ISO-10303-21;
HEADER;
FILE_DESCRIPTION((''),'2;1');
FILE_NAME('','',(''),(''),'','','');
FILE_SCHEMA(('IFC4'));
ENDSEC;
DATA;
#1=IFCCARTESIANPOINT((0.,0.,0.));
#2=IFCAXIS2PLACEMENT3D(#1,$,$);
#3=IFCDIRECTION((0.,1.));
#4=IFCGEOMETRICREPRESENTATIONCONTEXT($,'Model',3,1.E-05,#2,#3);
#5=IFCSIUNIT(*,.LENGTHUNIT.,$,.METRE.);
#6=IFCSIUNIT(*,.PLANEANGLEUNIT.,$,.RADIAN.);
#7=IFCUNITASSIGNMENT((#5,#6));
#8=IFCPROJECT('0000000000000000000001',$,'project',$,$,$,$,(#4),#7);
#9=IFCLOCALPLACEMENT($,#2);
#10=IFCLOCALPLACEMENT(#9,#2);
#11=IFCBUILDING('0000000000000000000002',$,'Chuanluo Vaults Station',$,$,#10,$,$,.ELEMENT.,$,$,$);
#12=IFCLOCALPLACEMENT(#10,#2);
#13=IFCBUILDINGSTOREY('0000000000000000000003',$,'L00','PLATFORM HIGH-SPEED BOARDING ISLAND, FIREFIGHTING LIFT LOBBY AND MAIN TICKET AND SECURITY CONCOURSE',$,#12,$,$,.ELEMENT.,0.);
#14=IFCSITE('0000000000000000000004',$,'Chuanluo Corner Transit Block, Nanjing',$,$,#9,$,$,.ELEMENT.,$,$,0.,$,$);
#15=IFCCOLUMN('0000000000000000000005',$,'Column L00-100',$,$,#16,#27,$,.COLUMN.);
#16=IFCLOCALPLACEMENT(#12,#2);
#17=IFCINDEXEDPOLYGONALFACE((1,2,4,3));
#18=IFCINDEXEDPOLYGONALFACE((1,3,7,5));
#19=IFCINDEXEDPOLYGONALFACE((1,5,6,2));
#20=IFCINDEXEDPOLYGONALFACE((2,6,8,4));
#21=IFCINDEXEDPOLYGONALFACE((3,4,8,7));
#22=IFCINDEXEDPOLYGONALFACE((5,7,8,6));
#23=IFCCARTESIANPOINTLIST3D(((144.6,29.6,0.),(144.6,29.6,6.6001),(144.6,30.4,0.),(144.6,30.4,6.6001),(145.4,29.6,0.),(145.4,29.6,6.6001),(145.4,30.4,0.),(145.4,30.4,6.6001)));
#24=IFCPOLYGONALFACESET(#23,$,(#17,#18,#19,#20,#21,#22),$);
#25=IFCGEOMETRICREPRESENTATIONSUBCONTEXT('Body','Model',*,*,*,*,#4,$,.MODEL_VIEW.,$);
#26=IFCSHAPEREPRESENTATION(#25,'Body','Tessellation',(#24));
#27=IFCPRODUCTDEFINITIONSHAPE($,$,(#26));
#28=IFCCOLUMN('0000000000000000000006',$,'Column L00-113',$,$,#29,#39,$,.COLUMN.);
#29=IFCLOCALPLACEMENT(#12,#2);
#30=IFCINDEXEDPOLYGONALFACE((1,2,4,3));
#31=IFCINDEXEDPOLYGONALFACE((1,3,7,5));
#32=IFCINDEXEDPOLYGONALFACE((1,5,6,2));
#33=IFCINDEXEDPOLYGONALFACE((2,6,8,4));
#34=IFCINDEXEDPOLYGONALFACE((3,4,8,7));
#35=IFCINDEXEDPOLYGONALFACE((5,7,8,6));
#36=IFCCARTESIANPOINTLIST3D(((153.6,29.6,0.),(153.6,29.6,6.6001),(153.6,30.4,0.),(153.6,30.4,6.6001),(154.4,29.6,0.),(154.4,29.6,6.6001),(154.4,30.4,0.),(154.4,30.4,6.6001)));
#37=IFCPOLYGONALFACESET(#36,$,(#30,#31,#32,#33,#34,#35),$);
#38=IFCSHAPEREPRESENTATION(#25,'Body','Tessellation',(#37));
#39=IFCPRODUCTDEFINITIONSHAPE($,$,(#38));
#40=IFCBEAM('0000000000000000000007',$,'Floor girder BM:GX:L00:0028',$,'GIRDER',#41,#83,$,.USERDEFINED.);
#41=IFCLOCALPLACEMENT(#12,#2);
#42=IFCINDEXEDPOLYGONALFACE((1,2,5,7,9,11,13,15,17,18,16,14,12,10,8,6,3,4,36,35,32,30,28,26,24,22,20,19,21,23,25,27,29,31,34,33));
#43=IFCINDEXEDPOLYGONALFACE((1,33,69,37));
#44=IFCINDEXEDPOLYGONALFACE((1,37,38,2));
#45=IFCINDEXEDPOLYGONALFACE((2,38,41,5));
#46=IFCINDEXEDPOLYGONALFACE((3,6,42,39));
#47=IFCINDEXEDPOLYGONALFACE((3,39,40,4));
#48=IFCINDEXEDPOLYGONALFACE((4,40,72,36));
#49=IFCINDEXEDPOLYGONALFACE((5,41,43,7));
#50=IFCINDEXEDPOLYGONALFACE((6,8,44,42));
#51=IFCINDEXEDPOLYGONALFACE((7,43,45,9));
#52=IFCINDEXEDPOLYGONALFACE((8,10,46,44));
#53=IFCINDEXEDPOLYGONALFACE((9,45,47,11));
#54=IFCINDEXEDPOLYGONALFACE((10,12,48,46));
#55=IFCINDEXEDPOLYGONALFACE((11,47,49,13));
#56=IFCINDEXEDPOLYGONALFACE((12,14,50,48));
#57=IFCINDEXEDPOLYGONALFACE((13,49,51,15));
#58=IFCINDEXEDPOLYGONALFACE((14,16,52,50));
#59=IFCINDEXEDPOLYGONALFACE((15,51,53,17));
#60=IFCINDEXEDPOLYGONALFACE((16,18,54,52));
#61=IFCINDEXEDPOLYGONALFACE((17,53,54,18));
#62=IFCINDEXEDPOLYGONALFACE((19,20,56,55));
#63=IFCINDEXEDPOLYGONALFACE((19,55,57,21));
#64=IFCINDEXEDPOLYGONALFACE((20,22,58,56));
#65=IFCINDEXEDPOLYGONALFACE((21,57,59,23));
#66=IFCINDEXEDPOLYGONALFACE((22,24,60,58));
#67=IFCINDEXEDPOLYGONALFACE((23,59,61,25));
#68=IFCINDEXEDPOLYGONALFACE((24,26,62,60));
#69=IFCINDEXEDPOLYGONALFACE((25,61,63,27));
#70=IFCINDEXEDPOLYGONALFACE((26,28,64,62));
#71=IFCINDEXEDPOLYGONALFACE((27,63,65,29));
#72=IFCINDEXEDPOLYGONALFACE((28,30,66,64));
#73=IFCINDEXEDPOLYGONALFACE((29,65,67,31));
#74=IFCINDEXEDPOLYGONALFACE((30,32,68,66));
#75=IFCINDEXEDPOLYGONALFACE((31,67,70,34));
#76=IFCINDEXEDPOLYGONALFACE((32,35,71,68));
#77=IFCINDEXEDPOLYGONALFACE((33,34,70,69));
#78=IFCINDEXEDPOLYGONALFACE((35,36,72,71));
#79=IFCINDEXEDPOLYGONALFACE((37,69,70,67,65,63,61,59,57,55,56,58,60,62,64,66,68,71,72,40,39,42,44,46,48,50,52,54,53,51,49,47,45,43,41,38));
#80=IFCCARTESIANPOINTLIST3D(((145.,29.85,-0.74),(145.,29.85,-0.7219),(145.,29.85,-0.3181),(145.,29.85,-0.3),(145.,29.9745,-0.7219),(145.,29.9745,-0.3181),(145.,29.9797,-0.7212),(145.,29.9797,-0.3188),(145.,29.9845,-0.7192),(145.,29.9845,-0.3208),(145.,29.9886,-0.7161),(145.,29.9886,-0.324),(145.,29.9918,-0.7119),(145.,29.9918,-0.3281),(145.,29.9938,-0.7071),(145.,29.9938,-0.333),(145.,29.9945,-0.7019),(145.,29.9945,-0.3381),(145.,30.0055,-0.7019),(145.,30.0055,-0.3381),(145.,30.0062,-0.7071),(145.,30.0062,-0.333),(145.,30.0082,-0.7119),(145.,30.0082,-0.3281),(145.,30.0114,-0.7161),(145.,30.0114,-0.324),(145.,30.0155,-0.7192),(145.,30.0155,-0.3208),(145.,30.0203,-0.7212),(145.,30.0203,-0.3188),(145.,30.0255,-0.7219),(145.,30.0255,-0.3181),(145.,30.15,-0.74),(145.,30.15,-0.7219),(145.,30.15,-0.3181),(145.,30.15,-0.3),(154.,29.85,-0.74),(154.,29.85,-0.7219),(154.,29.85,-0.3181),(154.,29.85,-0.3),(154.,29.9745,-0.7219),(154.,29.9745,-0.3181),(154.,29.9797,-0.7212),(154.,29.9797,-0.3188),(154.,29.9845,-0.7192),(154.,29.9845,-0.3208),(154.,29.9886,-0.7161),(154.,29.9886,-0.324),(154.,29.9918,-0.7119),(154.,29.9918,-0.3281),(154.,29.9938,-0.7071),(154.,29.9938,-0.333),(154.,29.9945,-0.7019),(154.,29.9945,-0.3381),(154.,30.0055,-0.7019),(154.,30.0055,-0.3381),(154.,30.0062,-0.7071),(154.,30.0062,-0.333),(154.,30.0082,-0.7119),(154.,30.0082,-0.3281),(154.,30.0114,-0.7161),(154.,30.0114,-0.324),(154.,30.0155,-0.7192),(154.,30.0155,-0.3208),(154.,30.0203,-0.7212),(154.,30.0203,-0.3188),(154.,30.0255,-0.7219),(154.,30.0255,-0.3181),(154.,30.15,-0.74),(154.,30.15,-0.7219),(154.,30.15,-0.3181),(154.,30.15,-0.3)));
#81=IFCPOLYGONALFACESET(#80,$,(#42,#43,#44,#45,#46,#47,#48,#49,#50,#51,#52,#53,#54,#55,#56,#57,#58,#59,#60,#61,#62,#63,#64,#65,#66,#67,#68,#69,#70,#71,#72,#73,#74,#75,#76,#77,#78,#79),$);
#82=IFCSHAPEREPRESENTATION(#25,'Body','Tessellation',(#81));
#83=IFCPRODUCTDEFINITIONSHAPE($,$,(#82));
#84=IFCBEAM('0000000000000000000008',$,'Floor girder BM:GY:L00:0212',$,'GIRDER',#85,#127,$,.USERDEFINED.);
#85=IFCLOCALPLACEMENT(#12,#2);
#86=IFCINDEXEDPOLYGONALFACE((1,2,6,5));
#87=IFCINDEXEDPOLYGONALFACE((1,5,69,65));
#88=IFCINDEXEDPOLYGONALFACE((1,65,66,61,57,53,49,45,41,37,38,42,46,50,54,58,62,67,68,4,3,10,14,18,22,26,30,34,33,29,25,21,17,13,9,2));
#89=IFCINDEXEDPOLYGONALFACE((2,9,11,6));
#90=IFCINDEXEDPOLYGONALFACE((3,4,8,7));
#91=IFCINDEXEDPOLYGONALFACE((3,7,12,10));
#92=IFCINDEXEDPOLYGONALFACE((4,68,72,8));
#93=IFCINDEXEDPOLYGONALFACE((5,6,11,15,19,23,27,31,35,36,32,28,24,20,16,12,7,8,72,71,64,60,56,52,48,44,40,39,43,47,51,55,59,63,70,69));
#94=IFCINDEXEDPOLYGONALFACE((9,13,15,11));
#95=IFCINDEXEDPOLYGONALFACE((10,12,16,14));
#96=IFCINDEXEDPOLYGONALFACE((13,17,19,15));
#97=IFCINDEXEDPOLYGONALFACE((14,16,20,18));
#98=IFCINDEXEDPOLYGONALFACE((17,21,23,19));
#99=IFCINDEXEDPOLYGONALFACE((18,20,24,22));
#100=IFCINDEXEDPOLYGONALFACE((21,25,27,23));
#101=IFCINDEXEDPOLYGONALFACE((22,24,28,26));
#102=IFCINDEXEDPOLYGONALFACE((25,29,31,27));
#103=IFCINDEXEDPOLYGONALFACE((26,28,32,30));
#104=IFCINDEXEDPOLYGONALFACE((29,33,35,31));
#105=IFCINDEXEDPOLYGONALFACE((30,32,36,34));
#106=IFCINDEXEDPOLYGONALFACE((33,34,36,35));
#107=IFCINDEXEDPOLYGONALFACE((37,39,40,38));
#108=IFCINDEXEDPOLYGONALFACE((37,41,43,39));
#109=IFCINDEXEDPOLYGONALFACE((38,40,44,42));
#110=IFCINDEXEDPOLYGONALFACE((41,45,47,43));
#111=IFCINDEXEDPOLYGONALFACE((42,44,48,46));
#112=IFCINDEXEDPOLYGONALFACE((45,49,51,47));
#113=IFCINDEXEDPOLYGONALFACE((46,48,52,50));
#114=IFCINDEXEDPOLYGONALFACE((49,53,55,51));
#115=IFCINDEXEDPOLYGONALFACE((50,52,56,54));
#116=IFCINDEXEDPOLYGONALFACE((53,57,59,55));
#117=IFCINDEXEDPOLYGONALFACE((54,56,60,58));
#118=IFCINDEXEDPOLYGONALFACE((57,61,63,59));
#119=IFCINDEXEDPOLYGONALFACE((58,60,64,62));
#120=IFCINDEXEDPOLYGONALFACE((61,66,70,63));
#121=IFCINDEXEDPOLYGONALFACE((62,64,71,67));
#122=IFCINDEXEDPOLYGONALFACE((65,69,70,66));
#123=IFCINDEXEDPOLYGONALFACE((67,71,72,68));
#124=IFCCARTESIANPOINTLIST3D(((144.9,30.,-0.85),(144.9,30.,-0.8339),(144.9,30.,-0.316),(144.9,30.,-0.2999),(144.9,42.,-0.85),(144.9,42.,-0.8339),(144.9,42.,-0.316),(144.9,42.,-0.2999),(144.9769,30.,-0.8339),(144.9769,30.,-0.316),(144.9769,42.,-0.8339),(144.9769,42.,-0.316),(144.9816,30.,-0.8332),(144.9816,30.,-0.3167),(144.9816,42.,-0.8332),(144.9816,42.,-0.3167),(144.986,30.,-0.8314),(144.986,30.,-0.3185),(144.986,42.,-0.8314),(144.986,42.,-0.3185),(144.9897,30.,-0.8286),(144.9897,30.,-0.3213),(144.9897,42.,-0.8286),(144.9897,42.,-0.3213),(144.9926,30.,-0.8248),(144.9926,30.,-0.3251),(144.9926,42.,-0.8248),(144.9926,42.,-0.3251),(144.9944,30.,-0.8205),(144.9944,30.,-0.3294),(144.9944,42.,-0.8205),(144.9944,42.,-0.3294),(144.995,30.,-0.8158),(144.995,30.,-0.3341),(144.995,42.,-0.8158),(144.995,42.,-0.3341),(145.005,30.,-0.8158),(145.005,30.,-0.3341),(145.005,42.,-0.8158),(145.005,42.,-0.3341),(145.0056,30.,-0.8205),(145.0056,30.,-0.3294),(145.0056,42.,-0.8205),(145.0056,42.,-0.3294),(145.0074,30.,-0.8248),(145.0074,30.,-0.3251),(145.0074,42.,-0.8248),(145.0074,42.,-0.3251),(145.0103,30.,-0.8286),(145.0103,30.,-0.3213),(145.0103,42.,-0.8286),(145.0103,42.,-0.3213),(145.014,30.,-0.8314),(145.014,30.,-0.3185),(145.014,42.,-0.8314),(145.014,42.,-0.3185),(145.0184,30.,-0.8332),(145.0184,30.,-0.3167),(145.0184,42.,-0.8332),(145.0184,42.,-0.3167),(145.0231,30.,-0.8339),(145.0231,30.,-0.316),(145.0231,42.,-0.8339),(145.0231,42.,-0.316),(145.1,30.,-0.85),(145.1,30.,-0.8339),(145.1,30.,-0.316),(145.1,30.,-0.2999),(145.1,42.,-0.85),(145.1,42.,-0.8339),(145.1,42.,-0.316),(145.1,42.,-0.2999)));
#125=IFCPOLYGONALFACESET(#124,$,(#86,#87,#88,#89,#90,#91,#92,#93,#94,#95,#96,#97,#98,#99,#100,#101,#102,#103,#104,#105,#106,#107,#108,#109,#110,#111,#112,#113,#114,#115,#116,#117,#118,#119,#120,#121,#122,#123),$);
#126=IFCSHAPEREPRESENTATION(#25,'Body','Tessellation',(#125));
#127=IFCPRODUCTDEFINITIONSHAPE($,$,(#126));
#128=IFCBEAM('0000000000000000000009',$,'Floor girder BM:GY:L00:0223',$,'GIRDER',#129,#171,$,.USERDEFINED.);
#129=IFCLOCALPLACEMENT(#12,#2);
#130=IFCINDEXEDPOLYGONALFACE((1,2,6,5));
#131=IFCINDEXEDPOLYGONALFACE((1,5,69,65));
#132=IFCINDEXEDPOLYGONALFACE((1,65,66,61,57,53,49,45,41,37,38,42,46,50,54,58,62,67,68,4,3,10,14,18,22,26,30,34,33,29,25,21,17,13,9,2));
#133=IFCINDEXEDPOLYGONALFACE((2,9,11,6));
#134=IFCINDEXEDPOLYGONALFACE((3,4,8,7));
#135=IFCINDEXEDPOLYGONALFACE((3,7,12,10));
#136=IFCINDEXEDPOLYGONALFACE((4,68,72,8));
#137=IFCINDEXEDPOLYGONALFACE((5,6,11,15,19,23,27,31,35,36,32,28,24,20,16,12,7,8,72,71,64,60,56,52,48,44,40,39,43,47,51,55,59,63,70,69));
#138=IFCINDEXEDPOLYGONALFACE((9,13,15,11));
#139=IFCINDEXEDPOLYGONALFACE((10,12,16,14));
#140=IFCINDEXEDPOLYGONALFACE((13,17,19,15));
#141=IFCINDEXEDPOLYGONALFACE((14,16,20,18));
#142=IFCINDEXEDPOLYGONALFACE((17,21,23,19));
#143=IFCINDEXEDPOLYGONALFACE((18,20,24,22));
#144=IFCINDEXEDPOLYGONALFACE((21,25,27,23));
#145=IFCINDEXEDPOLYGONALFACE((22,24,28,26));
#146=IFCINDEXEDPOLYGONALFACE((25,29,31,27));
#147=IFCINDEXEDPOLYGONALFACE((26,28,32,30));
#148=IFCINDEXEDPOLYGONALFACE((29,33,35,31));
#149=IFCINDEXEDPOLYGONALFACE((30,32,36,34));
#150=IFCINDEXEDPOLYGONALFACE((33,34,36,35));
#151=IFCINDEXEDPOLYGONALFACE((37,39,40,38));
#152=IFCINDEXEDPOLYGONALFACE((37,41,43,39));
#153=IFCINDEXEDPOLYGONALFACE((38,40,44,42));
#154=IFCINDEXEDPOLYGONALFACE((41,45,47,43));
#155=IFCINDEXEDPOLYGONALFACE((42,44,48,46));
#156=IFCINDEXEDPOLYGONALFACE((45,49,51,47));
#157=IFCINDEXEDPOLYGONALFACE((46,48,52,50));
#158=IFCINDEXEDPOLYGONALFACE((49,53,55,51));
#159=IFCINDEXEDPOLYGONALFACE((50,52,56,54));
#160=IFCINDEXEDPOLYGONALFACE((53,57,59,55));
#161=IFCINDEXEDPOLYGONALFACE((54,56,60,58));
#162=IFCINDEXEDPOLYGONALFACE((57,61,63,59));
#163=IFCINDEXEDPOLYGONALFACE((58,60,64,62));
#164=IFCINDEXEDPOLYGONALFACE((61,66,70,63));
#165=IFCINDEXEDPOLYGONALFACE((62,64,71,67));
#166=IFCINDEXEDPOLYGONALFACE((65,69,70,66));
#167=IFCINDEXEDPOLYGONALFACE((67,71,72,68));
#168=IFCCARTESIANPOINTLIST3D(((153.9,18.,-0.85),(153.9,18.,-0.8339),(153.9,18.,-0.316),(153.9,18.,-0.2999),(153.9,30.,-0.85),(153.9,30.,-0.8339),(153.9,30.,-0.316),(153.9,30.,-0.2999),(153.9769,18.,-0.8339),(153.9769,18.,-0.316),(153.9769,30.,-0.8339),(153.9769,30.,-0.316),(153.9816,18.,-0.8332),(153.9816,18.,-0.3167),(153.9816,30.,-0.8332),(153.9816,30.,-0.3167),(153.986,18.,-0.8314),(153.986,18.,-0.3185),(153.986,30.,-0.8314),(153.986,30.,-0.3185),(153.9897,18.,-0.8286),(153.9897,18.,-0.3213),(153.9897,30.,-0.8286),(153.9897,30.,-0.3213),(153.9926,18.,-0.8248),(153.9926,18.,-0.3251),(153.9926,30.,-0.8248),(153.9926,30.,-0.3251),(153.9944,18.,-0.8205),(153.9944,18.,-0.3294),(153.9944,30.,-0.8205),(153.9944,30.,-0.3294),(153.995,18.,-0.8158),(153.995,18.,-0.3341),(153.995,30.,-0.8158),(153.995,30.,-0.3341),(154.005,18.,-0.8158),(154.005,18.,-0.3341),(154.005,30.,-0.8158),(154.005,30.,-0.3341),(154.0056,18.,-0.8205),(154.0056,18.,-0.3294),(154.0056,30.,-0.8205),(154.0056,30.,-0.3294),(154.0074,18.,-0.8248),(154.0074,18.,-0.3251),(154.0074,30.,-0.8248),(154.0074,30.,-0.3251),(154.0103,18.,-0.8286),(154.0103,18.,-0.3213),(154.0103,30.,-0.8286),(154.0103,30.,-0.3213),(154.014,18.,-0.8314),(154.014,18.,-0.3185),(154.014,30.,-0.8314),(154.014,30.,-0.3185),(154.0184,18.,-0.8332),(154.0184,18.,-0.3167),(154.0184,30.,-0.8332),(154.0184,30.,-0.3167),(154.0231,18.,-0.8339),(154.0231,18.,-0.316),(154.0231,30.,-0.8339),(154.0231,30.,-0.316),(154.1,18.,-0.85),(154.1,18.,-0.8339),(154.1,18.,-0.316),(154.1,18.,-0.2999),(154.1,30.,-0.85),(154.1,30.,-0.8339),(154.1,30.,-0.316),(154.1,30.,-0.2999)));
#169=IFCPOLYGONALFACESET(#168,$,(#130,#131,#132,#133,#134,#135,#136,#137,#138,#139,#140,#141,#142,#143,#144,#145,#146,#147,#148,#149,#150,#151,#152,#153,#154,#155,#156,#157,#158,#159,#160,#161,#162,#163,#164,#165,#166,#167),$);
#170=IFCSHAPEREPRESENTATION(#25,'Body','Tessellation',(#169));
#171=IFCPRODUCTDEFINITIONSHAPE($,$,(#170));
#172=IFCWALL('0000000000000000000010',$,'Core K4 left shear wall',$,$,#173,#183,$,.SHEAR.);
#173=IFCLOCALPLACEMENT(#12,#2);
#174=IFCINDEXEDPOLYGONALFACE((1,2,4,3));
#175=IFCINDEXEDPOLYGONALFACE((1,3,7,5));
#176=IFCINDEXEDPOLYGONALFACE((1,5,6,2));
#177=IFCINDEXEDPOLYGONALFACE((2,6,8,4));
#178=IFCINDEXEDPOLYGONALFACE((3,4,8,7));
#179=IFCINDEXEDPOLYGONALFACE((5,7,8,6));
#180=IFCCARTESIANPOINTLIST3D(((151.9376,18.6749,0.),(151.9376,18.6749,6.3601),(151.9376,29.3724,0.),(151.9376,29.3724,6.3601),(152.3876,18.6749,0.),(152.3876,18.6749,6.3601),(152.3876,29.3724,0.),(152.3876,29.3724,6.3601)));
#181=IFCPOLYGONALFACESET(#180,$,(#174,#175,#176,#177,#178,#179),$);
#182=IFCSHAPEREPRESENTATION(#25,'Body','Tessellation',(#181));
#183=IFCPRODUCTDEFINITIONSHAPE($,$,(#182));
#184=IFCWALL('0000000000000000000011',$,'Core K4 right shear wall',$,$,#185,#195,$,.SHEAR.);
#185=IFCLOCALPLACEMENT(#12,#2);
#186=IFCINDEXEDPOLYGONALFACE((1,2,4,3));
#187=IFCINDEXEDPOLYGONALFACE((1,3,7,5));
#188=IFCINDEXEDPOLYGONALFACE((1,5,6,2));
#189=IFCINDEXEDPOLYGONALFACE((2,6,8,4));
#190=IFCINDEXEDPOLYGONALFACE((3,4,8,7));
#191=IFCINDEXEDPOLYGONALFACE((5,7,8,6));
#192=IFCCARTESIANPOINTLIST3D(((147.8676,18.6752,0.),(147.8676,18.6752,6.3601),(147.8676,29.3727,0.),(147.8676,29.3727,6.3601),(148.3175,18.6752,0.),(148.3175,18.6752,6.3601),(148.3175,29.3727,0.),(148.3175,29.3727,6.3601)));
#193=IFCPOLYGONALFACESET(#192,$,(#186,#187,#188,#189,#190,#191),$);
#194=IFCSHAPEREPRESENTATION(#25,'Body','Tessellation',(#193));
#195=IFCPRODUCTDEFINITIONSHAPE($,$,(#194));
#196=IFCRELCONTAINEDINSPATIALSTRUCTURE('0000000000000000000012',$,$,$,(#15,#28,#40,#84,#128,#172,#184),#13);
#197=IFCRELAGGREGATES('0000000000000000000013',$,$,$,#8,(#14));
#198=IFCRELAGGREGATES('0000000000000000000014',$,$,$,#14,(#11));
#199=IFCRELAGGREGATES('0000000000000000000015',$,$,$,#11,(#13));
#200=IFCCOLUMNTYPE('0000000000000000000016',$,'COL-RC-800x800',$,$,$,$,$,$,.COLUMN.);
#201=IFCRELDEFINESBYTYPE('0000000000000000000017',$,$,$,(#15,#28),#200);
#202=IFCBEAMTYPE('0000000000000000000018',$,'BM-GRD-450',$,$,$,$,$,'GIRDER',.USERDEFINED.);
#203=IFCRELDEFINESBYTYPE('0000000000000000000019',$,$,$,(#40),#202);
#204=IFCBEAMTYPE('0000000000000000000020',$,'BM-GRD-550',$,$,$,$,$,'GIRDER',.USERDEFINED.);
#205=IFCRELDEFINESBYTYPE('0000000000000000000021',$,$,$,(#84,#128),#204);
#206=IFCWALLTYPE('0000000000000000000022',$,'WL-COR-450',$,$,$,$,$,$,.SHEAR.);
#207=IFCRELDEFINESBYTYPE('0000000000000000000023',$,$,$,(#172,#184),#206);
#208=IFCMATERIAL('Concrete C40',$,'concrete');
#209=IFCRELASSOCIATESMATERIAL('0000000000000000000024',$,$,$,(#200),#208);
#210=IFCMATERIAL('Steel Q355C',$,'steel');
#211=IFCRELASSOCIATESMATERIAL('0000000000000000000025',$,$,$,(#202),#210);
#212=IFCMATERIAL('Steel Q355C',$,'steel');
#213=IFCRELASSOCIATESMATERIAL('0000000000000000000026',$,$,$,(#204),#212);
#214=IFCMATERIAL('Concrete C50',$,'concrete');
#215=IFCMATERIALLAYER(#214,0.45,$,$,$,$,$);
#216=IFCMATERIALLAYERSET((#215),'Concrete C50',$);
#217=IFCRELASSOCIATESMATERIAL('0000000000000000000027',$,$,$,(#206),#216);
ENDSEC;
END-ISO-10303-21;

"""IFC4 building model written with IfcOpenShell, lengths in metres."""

from ifc_helpers import new_model, si_unit, direction, frame, frame_2d, origin, origin_2d, place, context, subcontext, project, spatial, rectangle, i_section, extrude, material, layer, layer_set, material_profile, profile_set, type_object, element, save


model = new_model("IFC4")

# Units and contexts
model_context = context("Model", 3, precision=1e-05, world=origin(), true_north=direction((0.0, 1.0)))
body_context = subcontext(model_context, "Body", "Model", "MODEL_VIEW")
ifc_project = project(units=[si_unit("LENGTHUNIT", "METRE"), si_unit("PLANEANGLEUNIT", "RADIAN")], contexts=[model_context])

# Site, building, storey
site_placement = place(None, origin())
site = spatial("IfcSite", under=ifc_project, at=site_placement, Name="Chuanluo Corner Transit Block, Nanjing", CompositionType="ELEMENT", RefElevation=0.0)
building_placement = place(site_placement, origin())
building = spatial("IfcBuilding", under=site, at=building_placement, Name="Chuanluo Vaults Station", CompositionType="ELEMENT")
storey_placement = place(building_placement, origin())
storey = spatial("IfcBuildingStorey", under=building, at=storey_placement, Name="L00", Description="PLATFORM HIGH-SPEED BOARDING ISLAND, FIREFIGHTING LIFT LOBBY AND MAIN TICKET AND SECURITY CONCOURSE", CompositionType="ELEMENT", Elevation=0.0)

# Columns
ifc_material_1 = material(Name="Concrete C40", Category="concrete")
ifc_material_profile_1 = material_profile(ifc_material_1, rectangle(XDim=0.8, YDim=0.8, at=origin_2d()))
ifc_profile_set_1 = profile_set([ifc_material_profile_1], Name="Concrete C40")
column_type = type_object("IfcColumnType", Name="COL-RC-800x800", PredefinedType="COLUMN", material=ifc_profile_set_1)
for number, where, z_axis, x_axis, name in (
    (1, (145.0, 30.0, 0.0), (0.0, 0.0, 1.0), (1.0, 0.0, 0.0), "Column L00-100"),
    (2, (154.0, 30.0, 0.0), (0.0, 0.0, 1.0), (1.0, 0.0, 0.0), "Column L00-113"),
):
    element("IfcColumn", number, at=place(storey_placement, frame(where, z_axis=z_axis, x_axis=x_axis)), inside=storey, type_object=column_type, Name=name, PredefinedType="COLUMN", context=body_context, shape_type="SweptSolid", body=[
        extrude(rectangle(XDim=0.8, YDim=0.8, at=origin_2d()), origin(), (0.0, 0.0, 1.0), 6.6001),
    ])

# Beams
ifc_material_2 = material(Name="Steel Q355C", Category="steel")
ifc_material_profile_2 = material_profile(ifc_material_2, i_section(OverallWidth=0.3, OverallDepth=0.4399, WebThickness=0.011, FlangeThickness=0.0181, FilletRadius=0.02, at=origin_2d()))
ifc_profile_set_2 = profile_set([ifc_material_profile_2], Name="Steel Q355C")
beam_type_1 = type_object("IfcBeamType", Name="BM-GRD-450", ElementType="GIRDER", PredefinedType="USERDEFINED", material=ifc_profile_set_2)
beam_placement = place(storey_placement, frame((145.0, 30.0, -0.52), z_axis=(1.0, 0.0, 0.0), x_axis=(0.0, 1.0, 0.0)))
element("IfcBeam", 3, at=beam_placement, inside=storey, type_object=beam_type_1, Name="Floor girder BM:GX:L00:0028", ObjectType="GIRDER", PredefinedType="USERDEFINED", context=body_context, shape_type="SweptSolid", body=[
    extrude(i_section(OverallWidth=0.3, OverallDepth=0.4399, WebThickness=0.011, FlangeThickness=0.0181, FilletRadius=0.02, at=origin_2d()), origin(), (0.0, 0.0, 1.0), 9.0),
])
ifc_material_3 = material(Name="Steel Q355C", Category="steel")
ifc_material_profile_3 = material_profile(ifc_material_3, i_section(OverallWidth=0.2, OverallDepth=0.55, WebThickness=0.01, FlangeThickness=0.0161, FilletRadius=0.0181, at=origin_2d()))
ifc_profile_set_3 = profile_set([ifc_material_profile_3], Name="Steel Q355C")
beam_type_2 = type_object("IfcBeamType", Name="BM-GRD-550", ElementType="GIRDER", PredefinedType="USERDEFINED", material=ifc_profile_set_3)
for number, where, z_axis, x_axis, name in (
    (4, (145.0, 30.0, -0.575), (0.0, 1.0, 0.0), (-1.0, 0.0, 0.0), "Floor girder BM:GY:L00:0212"),
    (5, (154.0, 18.0, -0.575), (0.0, 1.0, 0.0), (-1.0, 0.0, 0.0), "Floor girder BM:GY:L00:0223"),
):
    element("IfcBeam", number, at=place(storey_placement, frame(where, z_axis=z_axis, x_axis=x_axis)), inside=storey, type_object=beam_type_2, Name=name, ObjectType="GIRDER", PredefinedType="USERDEFINED", context=body_context, shape_type="SweptSolid", body=[
        extrude(i_section(OverallWidth=0.2, OverallDepth=0.55, WebThickness=0.01, FlangeThickness=0.0161, FilletRadius=0.0181, at=origin_2d()), origin(), (0.0, 0.0, 1.0), 12.0),
    ])

# Walls
ifc_material_4 = material(Name="Concrete C50", Category="concrete")
ifc_layer_1 = layer(ifc_material_4, 0.45)
ifc_layer_set_1 = layer_set([ifc_layer_1], Name="Concrete C50")
wall_type_1 = type_object("IfcWallType", Name="WL-COR-450", PredefinedType="SHEAR", material=ifc_layer_set_1)
for number, where, z_axis, x_axis, name in (
    (6, (152.1626, 18.675, 0.0), (0.0, 0.0, 1.0), (0.0, 1.0, 0.0), "Core K4 left shear wall"),
    (7, (148.0925, 29.3726, 0.0), (0.0, 0.0, 1.0), (0.0, -1.0, 0.0), "Core K4 right shear wall"),
):
    element("IfcWall", number, at=place(storey_placement, frame(where, z_axis=z_axis, x_axis=x_axis)), inside=storey, type_object=wall_type_1, Name=name, PredefinedType="SHEAR", context=body_context, shape_type="SweptSolid", body=[
        extrude(rectangle(XDim=10.6975, YDim=0.45, at=frame_2d((5.3486, 0.0))), origin(), (0.0, 0.0, 1.0), 6.3601),
    ])

save(model, "model.ifc")
